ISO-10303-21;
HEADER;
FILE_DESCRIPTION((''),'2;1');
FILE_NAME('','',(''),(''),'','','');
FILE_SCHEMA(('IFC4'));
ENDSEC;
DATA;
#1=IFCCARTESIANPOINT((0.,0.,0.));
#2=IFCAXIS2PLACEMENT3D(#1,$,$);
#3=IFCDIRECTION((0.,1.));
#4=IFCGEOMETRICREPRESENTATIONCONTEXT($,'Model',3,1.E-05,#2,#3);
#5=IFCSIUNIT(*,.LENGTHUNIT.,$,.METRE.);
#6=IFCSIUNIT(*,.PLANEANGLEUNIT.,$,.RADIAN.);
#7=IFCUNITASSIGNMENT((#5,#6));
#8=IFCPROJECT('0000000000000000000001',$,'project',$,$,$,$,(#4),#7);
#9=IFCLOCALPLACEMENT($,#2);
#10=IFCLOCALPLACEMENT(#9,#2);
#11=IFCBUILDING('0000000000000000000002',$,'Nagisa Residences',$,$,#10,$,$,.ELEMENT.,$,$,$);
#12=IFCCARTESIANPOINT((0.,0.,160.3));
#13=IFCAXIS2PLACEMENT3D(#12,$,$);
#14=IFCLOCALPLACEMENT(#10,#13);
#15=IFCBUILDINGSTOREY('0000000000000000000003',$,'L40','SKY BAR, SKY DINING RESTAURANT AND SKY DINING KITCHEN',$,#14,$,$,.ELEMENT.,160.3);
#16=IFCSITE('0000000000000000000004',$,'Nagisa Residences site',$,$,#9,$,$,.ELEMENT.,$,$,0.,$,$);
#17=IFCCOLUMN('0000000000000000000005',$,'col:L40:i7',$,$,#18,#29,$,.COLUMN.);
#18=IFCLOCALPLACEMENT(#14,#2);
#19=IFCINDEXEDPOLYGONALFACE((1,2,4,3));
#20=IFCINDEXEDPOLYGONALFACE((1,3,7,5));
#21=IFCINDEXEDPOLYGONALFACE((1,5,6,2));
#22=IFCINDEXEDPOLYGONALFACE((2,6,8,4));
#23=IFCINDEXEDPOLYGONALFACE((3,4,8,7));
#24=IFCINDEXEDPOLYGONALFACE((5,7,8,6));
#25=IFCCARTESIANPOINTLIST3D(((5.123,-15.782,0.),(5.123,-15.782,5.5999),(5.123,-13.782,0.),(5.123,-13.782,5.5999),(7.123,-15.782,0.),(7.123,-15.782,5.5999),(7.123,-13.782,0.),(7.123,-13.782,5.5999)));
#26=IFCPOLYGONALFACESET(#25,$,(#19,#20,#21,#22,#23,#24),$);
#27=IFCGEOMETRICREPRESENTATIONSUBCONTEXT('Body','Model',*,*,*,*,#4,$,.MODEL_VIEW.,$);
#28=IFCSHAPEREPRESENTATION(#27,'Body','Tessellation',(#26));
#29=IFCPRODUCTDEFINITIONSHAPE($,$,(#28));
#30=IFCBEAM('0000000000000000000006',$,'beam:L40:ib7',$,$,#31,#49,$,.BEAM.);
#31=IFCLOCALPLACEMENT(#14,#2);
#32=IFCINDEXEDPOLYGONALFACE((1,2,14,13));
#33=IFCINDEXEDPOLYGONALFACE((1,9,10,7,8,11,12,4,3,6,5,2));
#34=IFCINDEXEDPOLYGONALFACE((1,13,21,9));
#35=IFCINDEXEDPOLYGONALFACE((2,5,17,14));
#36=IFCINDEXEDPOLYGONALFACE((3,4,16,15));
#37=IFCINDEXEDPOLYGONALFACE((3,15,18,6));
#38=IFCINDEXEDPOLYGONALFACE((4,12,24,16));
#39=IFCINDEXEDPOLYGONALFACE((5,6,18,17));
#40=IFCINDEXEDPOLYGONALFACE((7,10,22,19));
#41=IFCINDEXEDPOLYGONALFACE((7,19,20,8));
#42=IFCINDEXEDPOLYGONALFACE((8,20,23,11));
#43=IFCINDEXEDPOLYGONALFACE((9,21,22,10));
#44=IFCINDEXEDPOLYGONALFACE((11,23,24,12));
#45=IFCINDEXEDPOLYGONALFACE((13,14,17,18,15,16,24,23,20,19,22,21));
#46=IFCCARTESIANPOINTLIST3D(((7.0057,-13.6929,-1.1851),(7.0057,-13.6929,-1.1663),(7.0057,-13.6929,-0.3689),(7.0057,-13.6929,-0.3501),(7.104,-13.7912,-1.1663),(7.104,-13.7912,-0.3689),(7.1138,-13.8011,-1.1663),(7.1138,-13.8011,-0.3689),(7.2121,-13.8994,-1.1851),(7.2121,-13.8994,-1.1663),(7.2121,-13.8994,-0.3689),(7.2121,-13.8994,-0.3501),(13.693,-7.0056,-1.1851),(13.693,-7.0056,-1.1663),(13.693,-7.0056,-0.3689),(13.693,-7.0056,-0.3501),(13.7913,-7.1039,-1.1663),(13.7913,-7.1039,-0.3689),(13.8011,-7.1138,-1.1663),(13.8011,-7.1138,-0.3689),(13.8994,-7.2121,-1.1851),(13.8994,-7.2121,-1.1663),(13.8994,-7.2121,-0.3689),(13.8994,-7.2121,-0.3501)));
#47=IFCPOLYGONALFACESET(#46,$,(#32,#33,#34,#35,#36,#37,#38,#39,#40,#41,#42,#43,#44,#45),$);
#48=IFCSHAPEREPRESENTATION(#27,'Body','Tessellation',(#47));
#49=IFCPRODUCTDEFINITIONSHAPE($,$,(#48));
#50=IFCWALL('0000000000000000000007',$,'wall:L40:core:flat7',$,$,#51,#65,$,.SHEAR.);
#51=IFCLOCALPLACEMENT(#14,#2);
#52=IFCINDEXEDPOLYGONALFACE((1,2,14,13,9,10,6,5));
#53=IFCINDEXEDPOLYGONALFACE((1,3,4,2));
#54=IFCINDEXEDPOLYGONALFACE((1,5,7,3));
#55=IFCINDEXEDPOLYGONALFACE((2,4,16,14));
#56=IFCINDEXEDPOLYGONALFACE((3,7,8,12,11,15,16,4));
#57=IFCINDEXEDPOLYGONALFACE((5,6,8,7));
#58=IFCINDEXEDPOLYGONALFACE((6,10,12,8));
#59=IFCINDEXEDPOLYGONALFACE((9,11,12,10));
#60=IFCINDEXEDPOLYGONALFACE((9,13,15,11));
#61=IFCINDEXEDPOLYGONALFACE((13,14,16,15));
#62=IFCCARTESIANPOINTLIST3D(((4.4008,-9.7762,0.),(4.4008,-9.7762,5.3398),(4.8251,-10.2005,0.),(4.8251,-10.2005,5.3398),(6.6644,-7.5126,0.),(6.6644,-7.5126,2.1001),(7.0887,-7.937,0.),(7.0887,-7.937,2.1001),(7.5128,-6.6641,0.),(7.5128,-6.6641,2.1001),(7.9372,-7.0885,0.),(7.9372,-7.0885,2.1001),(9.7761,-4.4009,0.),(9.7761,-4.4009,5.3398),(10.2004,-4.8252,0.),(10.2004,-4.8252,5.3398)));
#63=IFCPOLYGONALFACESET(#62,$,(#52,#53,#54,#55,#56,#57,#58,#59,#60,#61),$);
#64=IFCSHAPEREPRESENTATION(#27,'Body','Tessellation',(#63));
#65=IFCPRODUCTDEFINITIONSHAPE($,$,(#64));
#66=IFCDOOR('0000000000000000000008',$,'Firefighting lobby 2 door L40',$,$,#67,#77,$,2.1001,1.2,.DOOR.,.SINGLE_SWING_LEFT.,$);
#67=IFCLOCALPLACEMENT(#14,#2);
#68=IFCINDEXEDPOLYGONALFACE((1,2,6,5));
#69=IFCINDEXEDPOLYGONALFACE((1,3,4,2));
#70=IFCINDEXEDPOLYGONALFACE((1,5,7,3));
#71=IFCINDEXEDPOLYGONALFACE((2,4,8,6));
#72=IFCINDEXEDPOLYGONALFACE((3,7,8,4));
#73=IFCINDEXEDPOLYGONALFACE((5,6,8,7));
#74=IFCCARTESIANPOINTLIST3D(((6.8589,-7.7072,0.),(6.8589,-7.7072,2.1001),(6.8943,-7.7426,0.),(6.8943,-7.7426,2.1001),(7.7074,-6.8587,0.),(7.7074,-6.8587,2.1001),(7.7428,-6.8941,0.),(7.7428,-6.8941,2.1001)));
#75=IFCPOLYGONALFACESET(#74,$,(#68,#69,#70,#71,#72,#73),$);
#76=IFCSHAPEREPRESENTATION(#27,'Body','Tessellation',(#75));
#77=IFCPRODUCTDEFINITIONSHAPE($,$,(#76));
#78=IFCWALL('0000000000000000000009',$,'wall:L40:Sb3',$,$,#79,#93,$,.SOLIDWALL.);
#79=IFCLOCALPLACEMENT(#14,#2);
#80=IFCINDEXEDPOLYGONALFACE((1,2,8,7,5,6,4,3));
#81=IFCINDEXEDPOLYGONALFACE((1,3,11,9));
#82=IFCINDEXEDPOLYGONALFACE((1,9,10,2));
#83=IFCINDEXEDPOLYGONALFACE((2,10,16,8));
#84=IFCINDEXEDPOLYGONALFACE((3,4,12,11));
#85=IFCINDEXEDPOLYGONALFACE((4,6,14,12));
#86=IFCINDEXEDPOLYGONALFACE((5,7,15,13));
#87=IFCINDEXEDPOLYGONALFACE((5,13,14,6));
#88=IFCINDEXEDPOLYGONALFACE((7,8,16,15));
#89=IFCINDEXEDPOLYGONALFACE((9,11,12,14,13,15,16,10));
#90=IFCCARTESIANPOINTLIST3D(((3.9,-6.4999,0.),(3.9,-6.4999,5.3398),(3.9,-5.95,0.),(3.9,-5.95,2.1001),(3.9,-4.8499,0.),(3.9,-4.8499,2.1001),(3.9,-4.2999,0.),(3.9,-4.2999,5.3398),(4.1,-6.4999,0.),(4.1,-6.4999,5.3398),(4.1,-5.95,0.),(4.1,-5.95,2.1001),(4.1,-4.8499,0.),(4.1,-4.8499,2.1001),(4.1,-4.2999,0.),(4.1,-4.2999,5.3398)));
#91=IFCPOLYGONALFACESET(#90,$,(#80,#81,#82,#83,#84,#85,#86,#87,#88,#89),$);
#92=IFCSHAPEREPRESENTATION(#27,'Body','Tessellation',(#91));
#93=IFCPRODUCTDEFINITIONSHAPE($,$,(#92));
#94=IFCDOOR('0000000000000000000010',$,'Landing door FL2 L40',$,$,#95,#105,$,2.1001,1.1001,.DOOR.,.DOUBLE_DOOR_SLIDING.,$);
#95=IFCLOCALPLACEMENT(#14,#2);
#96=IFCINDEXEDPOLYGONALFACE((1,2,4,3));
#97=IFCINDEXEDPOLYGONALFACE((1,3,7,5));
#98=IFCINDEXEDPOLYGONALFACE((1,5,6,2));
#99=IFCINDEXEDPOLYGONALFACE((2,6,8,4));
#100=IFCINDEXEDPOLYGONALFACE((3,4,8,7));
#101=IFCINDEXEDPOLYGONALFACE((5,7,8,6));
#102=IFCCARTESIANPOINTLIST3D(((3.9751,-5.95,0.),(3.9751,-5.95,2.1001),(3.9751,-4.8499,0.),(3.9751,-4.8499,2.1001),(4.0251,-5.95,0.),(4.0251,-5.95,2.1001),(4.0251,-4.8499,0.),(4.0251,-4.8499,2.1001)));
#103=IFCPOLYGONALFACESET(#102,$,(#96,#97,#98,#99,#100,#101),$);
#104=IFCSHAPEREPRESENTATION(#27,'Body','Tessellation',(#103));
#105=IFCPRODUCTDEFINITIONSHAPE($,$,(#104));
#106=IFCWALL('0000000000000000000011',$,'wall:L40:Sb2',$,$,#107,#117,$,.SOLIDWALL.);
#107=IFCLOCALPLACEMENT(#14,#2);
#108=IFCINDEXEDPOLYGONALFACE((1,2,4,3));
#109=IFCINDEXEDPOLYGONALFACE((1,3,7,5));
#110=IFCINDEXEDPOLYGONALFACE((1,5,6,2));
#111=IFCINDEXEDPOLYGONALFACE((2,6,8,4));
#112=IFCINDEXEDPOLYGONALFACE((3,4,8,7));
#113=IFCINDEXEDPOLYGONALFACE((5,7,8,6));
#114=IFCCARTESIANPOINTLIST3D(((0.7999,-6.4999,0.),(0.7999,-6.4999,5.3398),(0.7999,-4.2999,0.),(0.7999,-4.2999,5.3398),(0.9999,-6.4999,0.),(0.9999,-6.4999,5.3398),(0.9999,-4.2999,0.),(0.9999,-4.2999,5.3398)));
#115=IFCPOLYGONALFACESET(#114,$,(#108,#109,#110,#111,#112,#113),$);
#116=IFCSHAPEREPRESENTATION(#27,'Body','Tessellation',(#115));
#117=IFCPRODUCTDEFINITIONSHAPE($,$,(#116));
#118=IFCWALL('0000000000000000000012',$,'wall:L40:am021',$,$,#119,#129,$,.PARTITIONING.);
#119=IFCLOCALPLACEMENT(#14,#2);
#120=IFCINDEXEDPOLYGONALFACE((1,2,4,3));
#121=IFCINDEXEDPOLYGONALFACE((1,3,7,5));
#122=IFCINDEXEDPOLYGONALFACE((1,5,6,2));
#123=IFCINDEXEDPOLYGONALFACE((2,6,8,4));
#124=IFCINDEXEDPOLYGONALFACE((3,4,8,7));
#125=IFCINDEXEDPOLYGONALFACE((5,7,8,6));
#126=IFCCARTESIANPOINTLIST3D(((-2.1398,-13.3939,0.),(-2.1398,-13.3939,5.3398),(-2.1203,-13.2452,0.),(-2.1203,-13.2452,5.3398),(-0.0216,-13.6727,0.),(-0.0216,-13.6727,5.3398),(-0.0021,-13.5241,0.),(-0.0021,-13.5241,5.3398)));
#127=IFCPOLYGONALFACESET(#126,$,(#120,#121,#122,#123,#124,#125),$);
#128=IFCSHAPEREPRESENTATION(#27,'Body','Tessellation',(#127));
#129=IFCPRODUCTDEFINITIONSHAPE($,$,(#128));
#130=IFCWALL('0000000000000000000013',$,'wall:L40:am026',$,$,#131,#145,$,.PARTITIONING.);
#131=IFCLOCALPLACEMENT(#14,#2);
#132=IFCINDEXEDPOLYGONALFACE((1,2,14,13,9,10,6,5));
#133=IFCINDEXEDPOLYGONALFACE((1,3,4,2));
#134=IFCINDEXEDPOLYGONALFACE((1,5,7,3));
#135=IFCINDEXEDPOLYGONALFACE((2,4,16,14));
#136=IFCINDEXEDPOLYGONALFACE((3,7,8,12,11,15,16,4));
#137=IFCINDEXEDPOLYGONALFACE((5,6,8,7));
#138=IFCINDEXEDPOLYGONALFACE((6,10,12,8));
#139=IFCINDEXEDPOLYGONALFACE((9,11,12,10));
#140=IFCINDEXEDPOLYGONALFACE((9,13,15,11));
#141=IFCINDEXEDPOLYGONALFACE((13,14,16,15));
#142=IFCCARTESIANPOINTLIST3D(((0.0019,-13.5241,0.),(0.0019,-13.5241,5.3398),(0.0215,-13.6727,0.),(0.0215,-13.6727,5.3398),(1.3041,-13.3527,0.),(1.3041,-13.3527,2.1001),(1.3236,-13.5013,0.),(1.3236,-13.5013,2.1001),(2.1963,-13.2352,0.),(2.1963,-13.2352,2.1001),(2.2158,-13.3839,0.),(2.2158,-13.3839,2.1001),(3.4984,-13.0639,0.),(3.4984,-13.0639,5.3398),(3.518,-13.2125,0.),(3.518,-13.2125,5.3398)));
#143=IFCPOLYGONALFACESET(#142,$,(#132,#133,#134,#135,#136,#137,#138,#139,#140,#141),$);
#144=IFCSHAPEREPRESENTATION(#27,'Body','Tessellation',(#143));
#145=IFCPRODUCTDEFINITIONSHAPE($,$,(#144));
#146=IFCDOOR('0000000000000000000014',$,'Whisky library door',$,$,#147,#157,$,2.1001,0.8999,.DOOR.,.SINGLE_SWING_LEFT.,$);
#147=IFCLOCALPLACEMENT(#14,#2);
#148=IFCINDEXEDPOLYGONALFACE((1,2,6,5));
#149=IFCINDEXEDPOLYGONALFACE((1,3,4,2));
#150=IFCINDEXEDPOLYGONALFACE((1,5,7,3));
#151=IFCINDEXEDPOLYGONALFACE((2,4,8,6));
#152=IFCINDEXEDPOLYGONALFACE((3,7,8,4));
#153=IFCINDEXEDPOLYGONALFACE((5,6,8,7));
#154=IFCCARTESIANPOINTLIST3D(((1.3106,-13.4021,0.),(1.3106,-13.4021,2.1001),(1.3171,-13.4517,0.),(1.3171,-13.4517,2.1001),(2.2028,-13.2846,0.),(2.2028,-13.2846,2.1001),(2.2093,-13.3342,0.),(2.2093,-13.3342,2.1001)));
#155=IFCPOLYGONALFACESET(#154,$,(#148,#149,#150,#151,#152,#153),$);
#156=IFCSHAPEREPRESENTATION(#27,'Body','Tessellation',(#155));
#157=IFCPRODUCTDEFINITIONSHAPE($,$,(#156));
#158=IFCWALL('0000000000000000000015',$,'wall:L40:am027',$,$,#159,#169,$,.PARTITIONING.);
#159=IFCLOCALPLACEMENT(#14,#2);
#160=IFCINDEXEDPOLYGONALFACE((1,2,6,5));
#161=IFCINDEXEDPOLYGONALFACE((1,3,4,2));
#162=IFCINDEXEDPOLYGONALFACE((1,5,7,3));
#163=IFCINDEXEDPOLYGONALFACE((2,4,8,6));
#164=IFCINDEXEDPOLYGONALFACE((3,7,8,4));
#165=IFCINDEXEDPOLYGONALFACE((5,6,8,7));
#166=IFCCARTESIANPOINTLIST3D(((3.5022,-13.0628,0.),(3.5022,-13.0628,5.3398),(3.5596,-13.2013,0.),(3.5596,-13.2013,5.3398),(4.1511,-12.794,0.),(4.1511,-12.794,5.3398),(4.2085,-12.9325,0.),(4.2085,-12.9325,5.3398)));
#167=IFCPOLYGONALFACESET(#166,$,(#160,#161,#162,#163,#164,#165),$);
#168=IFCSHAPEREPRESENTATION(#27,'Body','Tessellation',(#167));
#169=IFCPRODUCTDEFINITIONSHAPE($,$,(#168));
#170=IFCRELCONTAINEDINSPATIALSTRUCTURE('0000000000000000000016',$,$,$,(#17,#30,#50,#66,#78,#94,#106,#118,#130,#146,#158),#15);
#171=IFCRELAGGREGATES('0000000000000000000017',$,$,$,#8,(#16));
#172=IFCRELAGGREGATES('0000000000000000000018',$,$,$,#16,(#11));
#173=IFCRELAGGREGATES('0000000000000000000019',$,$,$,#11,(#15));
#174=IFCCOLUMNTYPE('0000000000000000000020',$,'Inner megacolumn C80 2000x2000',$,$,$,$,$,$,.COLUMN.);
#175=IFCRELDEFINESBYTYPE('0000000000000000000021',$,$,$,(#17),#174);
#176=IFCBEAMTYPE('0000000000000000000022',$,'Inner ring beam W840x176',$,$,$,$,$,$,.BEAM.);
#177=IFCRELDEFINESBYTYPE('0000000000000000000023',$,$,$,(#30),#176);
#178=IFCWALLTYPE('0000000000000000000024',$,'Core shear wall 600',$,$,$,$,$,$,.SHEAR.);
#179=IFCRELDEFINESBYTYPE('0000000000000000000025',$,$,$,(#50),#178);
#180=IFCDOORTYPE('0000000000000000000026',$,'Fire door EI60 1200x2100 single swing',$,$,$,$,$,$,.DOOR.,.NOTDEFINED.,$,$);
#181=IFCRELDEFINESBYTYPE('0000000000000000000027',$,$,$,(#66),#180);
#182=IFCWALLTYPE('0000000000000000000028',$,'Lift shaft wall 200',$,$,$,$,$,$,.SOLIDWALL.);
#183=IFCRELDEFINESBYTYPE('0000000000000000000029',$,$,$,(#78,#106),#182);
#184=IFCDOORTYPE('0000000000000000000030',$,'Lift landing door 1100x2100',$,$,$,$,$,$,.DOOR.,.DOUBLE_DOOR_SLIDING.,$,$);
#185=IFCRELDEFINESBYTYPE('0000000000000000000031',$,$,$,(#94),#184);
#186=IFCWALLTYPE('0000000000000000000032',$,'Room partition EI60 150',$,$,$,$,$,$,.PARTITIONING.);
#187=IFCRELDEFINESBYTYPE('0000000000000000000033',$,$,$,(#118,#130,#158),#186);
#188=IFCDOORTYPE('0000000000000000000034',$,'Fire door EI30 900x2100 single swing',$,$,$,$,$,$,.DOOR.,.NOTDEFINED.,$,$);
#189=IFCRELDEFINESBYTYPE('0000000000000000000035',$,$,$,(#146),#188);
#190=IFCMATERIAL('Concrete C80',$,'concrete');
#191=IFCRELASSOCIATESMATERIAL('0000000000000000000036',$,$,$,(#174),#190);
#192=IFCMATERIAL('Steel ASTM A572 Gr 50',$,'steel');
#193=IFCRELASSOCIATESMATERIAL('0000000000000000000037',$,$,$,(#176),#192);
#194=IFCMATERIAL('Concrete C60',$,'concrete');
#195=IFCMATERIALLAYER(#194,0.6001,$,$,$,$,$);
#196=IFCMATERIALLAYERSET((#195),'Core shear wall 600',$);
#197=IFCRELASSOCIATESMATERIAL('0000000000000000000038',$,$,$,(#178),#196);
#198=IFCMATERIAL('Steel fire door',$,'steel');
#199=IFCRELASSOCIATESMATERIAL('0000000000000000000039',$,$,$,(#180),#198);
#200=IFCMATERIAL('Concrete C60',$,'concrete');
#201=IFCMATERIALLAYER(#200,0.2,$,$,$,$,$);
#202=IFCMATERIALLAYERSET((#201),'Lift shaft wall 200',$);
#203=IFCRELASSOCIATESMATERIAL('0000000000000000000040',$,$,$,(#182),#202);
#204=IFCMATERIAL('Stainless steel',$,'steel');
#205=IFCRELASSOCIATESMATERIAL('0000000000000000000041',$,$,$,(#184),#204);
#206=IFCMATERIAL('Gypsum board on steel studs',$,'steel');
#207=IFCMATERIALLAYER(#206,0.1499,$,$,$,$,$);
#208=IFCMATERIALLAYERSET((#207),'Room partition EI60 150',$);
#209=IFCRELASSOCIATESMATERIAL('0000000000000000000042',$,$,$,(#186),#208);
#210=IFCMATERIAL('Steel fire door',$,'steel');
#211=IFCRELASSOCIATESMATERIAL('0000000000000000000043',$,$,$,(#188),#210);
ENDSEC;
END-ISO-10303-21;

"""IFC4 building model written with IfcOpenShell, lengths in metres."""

from ifc_helpers import new_model, si_unit, direction, frame, frame_2d, origin, origin_2d, place, context, subcontext, project, spatial, rectangle, i_section, extrude, material, layer, layer_set, material_profile, profile_set, type_object, element, fill, save


model = new_model("IFC4")

# Units and contexts
model_context = context("Model", 3, precision=1e-05, world=origin(), true_north=direction((0.0, 1.0)))
body_context = subcontext(model_context, "Body", "Model", "MODEL_VIEW")
ifc_project = project(units=[si_unit("LENGTHUNIT", "METRE"), si_unit("PLANEANGLEUNIT", "RADIAN")], contexts=[model_context])

# Site, building, storey
site_placement = place(None, origin())
site = spatial("IfcSite", under=ifc_project, at=site_placement, Name="Nagisa Residences site", CompositionType="ELEMENT", RefElevation=0.0)
building_placement = place(site_placement, origin())
building = spatial("IfcBuilding", under=site, at=building_placement, Name="Nagisa Residences", CompositionType="ELEMENT")
storey_placement = place(building_placement, frame((0.0, 0.0, 160.3)))
storey = spatial("IfcBuildingStorey", under=building, at=storey_placement, Name="L40", Description="SKY BAR, SKY DINING RESTAURANT AND SKY DINING KITCHEN", CompositionType="ELEMENT", Elevation=160.3)

# Column
ifc_material_1 = material(Name="Concrete C80", Category="concrete")
ifc_material_profile_1 = material_profile(ifc_material_1, rectangle(XDim=2.0, YDim=2.0, at=origin_2d()), Name="C80 2000x2000")
ifc_profile_set_1 = profile_set([ifc_material_profile_1], Name="Concrete C80")
column_type = type_object("IfcColumnType", Name="Inner megacolumn C80 2000x2000", PredefinedType="COLUMN", material=ifc_profile_set_1)
column_placement = place(storey_placement, frame((6.123, -14.782, 0.0), z_axis=(0.0, 0.0, 1.0), x_axis=(1.0, 0.0, 0.0)))
element("IfcColumn", 1, at=column_placement, inside=storey, type_object=column_type, Name="col:L40:i7", PredefinedType="COLUMN", context=body_context, shape_type="SweptSolid", body=[
    extrude(rectangle(XDim=2.0, YDim=2.0, at=origin_2d()), origin(), (0.0, 0.0, 1.0), 5.5999),
])

# Beam
ifc_material_2 = material(Name="Steel ASTM A572 Gr 50", Category="steel")
ifc_material_profile_2 = material_profile(ifc_material_2, i_section(OverallWidth=0.292, OverallDepth=0.835, WebThickness=0.0139, FlangeThickness=0.0188, at=origin_2d()), Name="W840x176")
ifc_profile_set_2 = profile_set([ifc_material_profile_2], Name="Steel ASTM A572 Gr 50")
beam_type = type_object("IfcBeamType", Name="Inner ring beam W840x176", PredefinedType="BEAM", material=ifc_profile_set_2)
beam_placement = place(storey_placement, frame((7.1089, -13.7961, -0.7676), z_axis=(0.707107, 0.707107, 0.0), x_axis=(-0.707107, 0.707107, 0.0)))
element("IfcBeam", 2, at=beam_placement, inside=storey, type_object=beam_type, Name="beam:L40:ib7", PredefinedType="BEAM", context=body_context, shape_type="SweptSolid", body=[
    extrude(i_section(OverallWidth=0.292, OverallDepth=0.835, WebThickness=0.0139, FlangeThickness=0.0188, at=origin_2d()), origin(), (0.0, 0.0, 1.0), 9.4573),
])

# Walls, openings, doors
ifc_material_3 = material(Name="Concrete C60", Category="concrete")
ifc_layer_1 = layer(ifc_material_3, 0.6001)
ifc_layer_set_1 = layer_set([ifc_layer_1], Name="Core shear wall 600")
wall_type_1 = type_object("IfcWallType", Name="Core shear wall 600", PredefinedType="SHEAR", material=ifc_layer_set_1)
wall_1_placement = place(storey_placement, frame((4.613, -9.9883, 0.0), z_axis=(0.0, 0.0, 1.0), x_axis=(0.707107, 0.707107, 0.0)))
wall_1 = element("IfcWall", 3, at=wall_1_placement, inside=storey, type_object=wall_type_1, Name="wall:L40:core:flat7", PredefinedType="SHEAR", context=body_context, shape_type="SweptSolid", body=[
    extrude(rectangle(XDim=7.6018, YDim=0.6001, at=frame_2d((3.8008, 0.0))), origin(), (0.0, 0.0, 1.0), 5.3398),
])
opening_1_placement = place(wall_1_placement, frame((3.2009, 0.0, 0.0)))
opening_1 = element("IfcOpeningElement", 4, at=opening_1_placement, cuts=wall_1, PredefinedType="OPENING", context=body_context, shape_type="SweptSolid", body=[
    extrude(rectangle(XDim=1.2, YDim=2.1001, at=frame_2d((0.6001, 1.05))), frame((0.0, 0.3101, 0.0), z_axis=(0.0, -1.0, 0.0), x_axis=(1.0, 0.0, 0.0)), (0.0, 0.0, 1.0), 0.6201),
])
ifc_material_4 = material(Name="Steel fire door", Category="steel")
door_type_1 = type_object("IfcDoorType", Name="Fire door EI60 1200x2100 single swing", OperationType="NOTDEFINED", PredefinedType="DOOR", material=ifc_material_4)
door_1_placement = place(opening_1_placement, origin())
door_1 = element("IfcDoor", 5, at=door_1_placement, inside=storey, type_object=door_type_1, Name="Firefighting lobby 2 door L40", OperationType="SINGLE_SWING_LEFT", OverallHeight=2.1001, OverallWidth=1.2, PredefinedType="DOOR", context=body_context, shape_type="SweptSolid", body=[
    extrude(rectangle(XDim=1.2, YDim=2.1001, at=frame_2d((0.6001, 1.05))), frame((0.0, 0.0249, 0.0), z_axis=(0.0, -1.0, 0.0), x_axis=(1.0, 0.0, 0.0)), (0.0, 0.0, 1.0), 0.05),
])
fill(opening_1, door_1)
ifc_material_5 = material(Name="Concrete C60", Category="concrete")
ifc_layer_2 = layer(ifc_material_5, 0.2)
ifc_layer_set_2 = layer_set([ifc_layer_2], Name="Lift shaft wall 200")
wall_type_2 = type_object("IfcWallType", Name="Lift shaft wall 200", PredefinedType="SOLIDWALL", material=ifc_layer_set_2)
wall_2_placement = place(storey_placement, frame((4.0, -6.5, 0.0), z_axis=(0.0, 0.0, 1.0), x_axis=(0.0, 1.0, 0.0)))
wall_2 = element("IfcWall", 6, at=wall_2_placement, inside=storey, type_object=wall_type_2, Name="wall:L40:Sb3", PredefinedType="SOLIDWALL", context=body_context, shape_type="SweptSolid", body=[
    extrude(rectangle(XDim=2.2, YDim=0.2, at=frame_2d((1.1001, 0.0))), origin(), (0.0, 0.0, 1.0), 5.3398),
])
opening_2_placement = place(wall_2_placement, frame((0.55, 0.0, 0.0)))
opening_2 = element("IfcOpeningElement", 7, at=opening_2_placement, cuts=wall_2, PredefinedType="OPENING", context=body_context, shape_type="SweptSolid", body=[
    extrude(rectangle(XDim=1.1001, YDim=2.1001, at=frame_2d((0.55, 1.05))), frame((0.0, 0.1099, 0.0), z_axis=(0.0, -1.0, 0.0), x_axis=(1.0, 0.0, 0.0)), (0.0, 0.0, 1.0), 0.22),
])
ifc_material_6 = material(Name="Stainless steel", Category="steel")
door_type_2 = type_object("IfcDoorType", Name="Lift landing door 1100x2100", OperationType="DOUBLE_DOOR_SLIDING", PredefinedType="DOOR", material=ifc_material_6)
door_2_placement = place(opening_2_placement, origin())
door_2 = element("IfcDoor", 8, at=door_2_placement, inside=storey, type_object=door_type_2, Name="Landing door FL2 L40", OperationType="DOUBLE_DOOR_SLIDING", OverallHeight=2.1001, OverallWidth=1.1001, PredefinedType="DOOR", context=body_context, shape_type="SweptSolid", body=[
    extrude(rectangle(XDim=1.1001, YDim=2.1001, at=frame_2d((0.55, 1.05))), frame((0.0, 0.0249, 0.0), z_axis=(0.0, -1.0, 0.0), x_axis=(1.0, 0.0, 0.0)), (0.0, 0.0, 1.0), 0.05),
])
fill(opening_2, door_2)

# Walls
wall_3_placement = place(storey_placement, frame((0.8999, -6.5, 0.0), z_axis=(0.0, 0.0, 1.0), x_axis=(0.0, 1.0, 0.0)))
element("IfcWall", 9, at=wall_3_placement, inside=storey, type_object=wall_type_2, Name="wall:L40:Sb2", PredefinedType="SOLIDWALL", context=body_context, shape_type="SweptSolid", body=[
    extrude(rectangle(XDim=2.2, YDim=0.2, at=frame_2d((1.1001, 0.0))), origin(), (0.0, 0.0, 1.0), 5.3398),
])
ifc_material_7 = material(Name="Gypsum board on steel studs", Category="steel")
ifc_layer_3 = layer(ifc_material_7, 0.1499)
ifc_layer_set_3 = layer_set([ifc_layer_3], Name="Room partition EI60 150")
wall_type_3 = type_object("IfcWallType", Name="Room partition EI60 150", PredefinedType="PARTITIONING", material=ifc_layer_set_3)
wall_4_placement = place(storey_placement, frame((-0.0117, -13.5984, 0.0), z_axis=(0.0, 0.0, 1.0), x_axis=(-0.991448, 0.130502, 0.0)))
element("IfcWall", 10, at=wall_4_placement, inside=storey, type_object=wall_type_3, Name="wall:L40:am021", PredefinedType="PARTITIONING", context=body_context, shape_type="SweptSolid", body=[
    extrude(rectangle(XDim=2.1365, YDim=0.1499, at=frame_2d((1.0684, 0.0))), origin(), (0.0, 0.0, 1.0), 5.3398),
])

# Wall, opening, door
wall_5_placement = place(storey_placement, frame((3.5081, -13.1382, 0.0), z_axis=(0.0, 0.0, 1.0), x_axis=(-0.991448, -0.130499, 0.0)))
wall_5 = element("IfcWall", 11, at=wall_5_placement, inside=storey, type_object=wall_type_3, Name="wall:L40:am026", PredefinedType="PARTITIONING", context=body_context, shape_type="SweptSolid", body=[
    extrude(rectangle(XDim=3.5266, YDim=0.1499, at=frame_2d((1.7632, 0.0))), origin(), (0.0, 0.0, 1.0), 5.3398),
])
opening_3_placement = place(wall_5_placement, frame((1.3132, 0.0, 0.0)))
opening_3 = element("IfcOpeningElement", 12, at=opening_3_placement, cuts=wall_5, PredefinedType="OPENING", context=body_context, shape_type="SweptSolid", body=[
    extrude(rectangle(XDim=0.8999, YDim=2.1001, at=frame_2d((0.45, 1.05))), frame((0.0, 0.085, 0.0), z_axis=(0.0, -1.0, 0.0), x_axis=(1.0, 0.0, 0.0)), (0.0, 0.0, 1.0), 0.1699),
])
ifc_material_8 = material(Name="Steel fire door", Category="steel")
door_type_3 = type_object("IfcDoorType", Name="Fire door EI30 900x2100 single swing", OperationType="NOTDEFINED", PredefinedType="DOOR", material=ifc_material_8)
door_3_placement = place(opening_3_placement, origin())
door_3 = element("IfcDoor", 13, at=door_3_placement, inside=storey, type_object=door_type_3, Name="Whisky library door", OperationType="SINGLE_SWING_LEFT", OverallHeight=2.1001, OverallWidth=0.8999, PredefinedType="DOOR", context=body_context, shape_type="SweptSolid", body=[
    extrude(rectangle(XDim=0.8999, YDim=2.1001, at=frame_2d((0.45, 1.05))), frame((0.0, 0.0249, 0.0), z_axis=(0.0, -1.0, 0.0), x_axis=(1.0, 0.0, 0.0)), (0.0, 0.0, 1.0), 0.05),
])
fill(opening_3, door_3)

# Wall
wall_6_placement = place(storey_placement, frame((4.1797, -12.8633, 0.0), z_axis=(0.0, 0.0, 1.0), x_axis=(-0.923877, -0.382689, 0.0)))
element("IfcWall", 14, at=wall_6_placement, inside=storey, type_object=wall_type_3, Name="wall:L40:am027", PredefinedType="PARTITIONING", context=body_context, shape_type="SweptSolid", body=[
    extrude(rectangle(XDim=0.7024, YDim=0.1499, at=frame_2d((0.3511, 0.0))), origin(), (0.0, 0.0, 1.0), 5.3398),
])

save(model, "model.ifc")
